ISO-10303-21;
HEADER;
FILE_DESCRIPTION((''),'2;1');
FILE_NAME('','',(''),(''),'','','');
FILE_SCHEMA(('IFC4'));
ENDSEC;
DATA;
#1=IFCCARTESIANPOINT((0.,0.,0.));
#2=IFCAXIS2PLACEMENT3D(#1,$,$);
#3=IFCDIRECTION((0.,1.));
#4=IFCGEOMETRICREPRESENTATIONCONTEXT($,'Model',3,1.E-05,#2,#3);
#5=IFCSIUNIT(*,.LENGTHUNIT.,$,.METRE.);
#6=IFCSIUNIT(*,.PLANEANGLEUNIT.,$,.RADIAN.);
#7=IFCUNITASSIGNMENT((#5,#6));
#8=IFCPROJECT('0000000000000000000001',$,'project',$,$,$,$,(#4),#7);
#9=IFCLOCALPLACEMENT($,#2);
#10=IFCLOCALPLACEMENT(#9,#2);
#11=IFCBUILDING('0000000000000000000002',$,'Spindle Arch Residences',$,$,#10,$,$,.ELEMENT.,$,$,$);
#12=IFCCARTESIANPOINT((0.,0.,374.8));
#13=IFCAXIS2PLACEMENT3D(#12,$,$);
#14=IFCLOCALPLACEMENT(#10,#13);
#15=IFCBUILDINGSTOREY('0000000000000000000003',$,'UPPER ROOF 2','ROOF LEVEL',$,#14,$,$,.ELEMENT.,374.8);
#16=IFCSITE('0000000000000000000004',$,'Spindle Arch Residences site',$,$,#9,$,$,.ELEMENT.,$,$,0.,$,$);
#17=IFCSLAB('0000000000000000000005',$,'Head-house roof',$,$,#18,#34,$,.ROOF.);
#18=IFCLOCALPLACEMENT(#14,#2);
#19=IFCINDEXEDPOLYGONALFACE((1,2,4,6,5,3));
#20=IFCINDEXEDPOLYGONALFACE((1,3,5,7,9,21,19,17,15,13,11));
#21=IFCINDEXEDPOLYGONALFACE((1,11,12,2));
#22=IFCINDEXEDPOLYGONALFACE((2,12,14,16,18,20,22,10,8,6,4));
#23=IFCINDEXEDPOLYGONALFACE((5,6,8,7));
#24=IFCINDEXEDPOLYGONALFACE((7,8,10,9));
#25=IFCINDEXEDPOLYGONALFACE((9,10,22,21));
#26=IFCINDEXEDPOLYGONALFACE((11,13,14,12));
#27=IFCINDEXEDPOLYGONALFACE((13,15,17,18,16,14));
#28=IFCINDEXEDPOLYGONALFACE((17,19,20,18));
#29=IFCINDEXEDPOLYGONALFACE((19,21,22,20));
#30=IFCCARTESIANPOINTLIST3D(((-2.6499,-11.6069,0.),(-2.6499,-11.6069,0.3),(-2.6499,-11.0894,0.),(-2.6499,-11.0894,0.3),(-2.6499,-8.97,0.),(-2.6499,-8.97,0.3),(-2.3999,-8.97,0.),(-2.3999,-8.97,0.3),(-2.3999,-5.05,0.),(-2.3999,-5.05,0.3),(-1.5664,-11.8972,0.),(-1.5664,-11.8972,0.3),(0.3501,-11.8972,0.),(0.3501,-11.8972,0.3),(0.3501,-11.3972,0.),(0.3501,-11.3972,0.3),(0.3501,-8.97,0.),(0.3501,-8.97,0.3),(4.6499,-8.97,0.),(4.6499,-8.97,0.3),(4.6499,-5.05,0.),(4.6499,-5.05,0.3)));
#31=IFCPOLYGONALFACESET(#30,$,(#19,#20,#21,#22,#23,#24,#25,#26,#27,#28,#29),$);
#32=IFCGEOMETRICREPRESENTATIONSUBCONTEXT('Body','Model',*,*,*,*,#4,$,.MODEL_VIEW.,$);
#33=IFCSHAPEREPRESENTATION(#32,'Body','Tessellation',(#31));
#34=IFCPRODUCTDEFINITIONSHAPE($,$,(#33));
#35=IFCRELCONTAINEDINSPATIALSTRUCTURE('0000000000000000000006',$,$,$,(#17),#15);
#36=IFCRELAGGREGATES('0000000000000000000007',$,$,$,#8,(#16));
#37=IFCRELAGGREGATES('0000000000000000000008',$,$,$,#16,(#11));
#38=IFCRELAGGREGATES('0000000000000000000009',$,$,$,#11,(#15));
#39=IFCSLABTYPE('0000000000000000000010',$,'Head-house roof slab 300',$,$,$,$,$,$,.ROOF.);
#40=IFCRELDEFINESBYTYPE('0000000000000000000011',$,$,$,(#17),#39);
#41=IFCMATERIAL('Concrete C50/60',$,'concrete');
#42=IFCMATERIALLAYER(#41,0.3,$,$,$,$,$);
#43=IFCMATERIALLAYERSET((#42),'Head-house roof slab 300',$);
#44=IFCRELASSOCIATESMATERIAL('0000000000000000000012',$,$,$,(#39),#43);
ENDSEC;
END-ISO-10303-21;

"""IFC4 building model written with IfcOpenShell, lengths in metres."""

from ifc_helpers import new_model, si_unit, direction, frame, origin, place, context, subcontext, project, spatial, polyline, outline, extrude, material, layer, layer_set, type_object, element, save


model = new_model("IFC4")

# Units and contexts
model_context = context("Model", 3, precision=1e-05, world=origin(), true_north=direction((0.0, 1.0)))
body_context = subcontext(model_context, "Body", "Model", "MODEL_VIEW")
ifc_project = project(units=[si_unit("LENGTHUNIT", "METRE"), si_unit("PLANEANGLEUNIT", "RADIAN")], contexts=[model_context])

# Site, building, storey
site_placement = place(None, origin())
site = spatial("IfcSite", under=ifc_project, at=site_placement, Name="Spindle Arch Residences site", CompositionType="ELEMENT", RefElevation=0.0)
building_placement = place(site_placement, origin())
building = spatial("IfcBuilding", under=site, at=building_placement, Name="Spindle Arch Residences", CompositionType="ELEMENT")
storey_placement = place(building_placement, frame((0.0, 0.0, 374.8)))
storey = spatial("IfcBuildingStorey", under=building, at=storey_placement, Name="UPPER ROOF 2", Description="ROOF LEVEL", CompositionType="ELEMENT", Elevation=374.8)

# Slab
ifc_material = material(Name="Concrete C50/60", Category="concrete")
ifc_layer = layer(ifc_material, 0.3)
ifc_layer_set = layer_set([ifc_layer], Name="Head-house roof slab 300")
slab_type = type_object("IfcSlabType", Name="Head-house roof slab 300", PredefinedType="ROOF", material=ifc_layer_set)
slab_placement = place(storey_placement, origin())
element("IfcSlab", 1, at=slab_placement, inside=storey, type_object=slab_type, Name="Head-house roof", PredefinedType="ROOF", context=body_context, shape_type="SweptSolid", body=[
    extrude(outline(polyline([(-2.6499, -11.6069), (-1.5664, -11.8972), (0.3501, -11.8972), (0.3501, -11.3972), (0.3501, -8.97), (4.6499, -8.97), (4.6499, -5.05), (-2.3999, -5.05), (-2.3999, -8.97), (-2.6499, -8.97), (-2.6499, -11.0894), (-2.6499, -11.6069)])), origin(), (0.0, 0.0, 1.0), 0.3),
])

save(model, "model.ifc")
